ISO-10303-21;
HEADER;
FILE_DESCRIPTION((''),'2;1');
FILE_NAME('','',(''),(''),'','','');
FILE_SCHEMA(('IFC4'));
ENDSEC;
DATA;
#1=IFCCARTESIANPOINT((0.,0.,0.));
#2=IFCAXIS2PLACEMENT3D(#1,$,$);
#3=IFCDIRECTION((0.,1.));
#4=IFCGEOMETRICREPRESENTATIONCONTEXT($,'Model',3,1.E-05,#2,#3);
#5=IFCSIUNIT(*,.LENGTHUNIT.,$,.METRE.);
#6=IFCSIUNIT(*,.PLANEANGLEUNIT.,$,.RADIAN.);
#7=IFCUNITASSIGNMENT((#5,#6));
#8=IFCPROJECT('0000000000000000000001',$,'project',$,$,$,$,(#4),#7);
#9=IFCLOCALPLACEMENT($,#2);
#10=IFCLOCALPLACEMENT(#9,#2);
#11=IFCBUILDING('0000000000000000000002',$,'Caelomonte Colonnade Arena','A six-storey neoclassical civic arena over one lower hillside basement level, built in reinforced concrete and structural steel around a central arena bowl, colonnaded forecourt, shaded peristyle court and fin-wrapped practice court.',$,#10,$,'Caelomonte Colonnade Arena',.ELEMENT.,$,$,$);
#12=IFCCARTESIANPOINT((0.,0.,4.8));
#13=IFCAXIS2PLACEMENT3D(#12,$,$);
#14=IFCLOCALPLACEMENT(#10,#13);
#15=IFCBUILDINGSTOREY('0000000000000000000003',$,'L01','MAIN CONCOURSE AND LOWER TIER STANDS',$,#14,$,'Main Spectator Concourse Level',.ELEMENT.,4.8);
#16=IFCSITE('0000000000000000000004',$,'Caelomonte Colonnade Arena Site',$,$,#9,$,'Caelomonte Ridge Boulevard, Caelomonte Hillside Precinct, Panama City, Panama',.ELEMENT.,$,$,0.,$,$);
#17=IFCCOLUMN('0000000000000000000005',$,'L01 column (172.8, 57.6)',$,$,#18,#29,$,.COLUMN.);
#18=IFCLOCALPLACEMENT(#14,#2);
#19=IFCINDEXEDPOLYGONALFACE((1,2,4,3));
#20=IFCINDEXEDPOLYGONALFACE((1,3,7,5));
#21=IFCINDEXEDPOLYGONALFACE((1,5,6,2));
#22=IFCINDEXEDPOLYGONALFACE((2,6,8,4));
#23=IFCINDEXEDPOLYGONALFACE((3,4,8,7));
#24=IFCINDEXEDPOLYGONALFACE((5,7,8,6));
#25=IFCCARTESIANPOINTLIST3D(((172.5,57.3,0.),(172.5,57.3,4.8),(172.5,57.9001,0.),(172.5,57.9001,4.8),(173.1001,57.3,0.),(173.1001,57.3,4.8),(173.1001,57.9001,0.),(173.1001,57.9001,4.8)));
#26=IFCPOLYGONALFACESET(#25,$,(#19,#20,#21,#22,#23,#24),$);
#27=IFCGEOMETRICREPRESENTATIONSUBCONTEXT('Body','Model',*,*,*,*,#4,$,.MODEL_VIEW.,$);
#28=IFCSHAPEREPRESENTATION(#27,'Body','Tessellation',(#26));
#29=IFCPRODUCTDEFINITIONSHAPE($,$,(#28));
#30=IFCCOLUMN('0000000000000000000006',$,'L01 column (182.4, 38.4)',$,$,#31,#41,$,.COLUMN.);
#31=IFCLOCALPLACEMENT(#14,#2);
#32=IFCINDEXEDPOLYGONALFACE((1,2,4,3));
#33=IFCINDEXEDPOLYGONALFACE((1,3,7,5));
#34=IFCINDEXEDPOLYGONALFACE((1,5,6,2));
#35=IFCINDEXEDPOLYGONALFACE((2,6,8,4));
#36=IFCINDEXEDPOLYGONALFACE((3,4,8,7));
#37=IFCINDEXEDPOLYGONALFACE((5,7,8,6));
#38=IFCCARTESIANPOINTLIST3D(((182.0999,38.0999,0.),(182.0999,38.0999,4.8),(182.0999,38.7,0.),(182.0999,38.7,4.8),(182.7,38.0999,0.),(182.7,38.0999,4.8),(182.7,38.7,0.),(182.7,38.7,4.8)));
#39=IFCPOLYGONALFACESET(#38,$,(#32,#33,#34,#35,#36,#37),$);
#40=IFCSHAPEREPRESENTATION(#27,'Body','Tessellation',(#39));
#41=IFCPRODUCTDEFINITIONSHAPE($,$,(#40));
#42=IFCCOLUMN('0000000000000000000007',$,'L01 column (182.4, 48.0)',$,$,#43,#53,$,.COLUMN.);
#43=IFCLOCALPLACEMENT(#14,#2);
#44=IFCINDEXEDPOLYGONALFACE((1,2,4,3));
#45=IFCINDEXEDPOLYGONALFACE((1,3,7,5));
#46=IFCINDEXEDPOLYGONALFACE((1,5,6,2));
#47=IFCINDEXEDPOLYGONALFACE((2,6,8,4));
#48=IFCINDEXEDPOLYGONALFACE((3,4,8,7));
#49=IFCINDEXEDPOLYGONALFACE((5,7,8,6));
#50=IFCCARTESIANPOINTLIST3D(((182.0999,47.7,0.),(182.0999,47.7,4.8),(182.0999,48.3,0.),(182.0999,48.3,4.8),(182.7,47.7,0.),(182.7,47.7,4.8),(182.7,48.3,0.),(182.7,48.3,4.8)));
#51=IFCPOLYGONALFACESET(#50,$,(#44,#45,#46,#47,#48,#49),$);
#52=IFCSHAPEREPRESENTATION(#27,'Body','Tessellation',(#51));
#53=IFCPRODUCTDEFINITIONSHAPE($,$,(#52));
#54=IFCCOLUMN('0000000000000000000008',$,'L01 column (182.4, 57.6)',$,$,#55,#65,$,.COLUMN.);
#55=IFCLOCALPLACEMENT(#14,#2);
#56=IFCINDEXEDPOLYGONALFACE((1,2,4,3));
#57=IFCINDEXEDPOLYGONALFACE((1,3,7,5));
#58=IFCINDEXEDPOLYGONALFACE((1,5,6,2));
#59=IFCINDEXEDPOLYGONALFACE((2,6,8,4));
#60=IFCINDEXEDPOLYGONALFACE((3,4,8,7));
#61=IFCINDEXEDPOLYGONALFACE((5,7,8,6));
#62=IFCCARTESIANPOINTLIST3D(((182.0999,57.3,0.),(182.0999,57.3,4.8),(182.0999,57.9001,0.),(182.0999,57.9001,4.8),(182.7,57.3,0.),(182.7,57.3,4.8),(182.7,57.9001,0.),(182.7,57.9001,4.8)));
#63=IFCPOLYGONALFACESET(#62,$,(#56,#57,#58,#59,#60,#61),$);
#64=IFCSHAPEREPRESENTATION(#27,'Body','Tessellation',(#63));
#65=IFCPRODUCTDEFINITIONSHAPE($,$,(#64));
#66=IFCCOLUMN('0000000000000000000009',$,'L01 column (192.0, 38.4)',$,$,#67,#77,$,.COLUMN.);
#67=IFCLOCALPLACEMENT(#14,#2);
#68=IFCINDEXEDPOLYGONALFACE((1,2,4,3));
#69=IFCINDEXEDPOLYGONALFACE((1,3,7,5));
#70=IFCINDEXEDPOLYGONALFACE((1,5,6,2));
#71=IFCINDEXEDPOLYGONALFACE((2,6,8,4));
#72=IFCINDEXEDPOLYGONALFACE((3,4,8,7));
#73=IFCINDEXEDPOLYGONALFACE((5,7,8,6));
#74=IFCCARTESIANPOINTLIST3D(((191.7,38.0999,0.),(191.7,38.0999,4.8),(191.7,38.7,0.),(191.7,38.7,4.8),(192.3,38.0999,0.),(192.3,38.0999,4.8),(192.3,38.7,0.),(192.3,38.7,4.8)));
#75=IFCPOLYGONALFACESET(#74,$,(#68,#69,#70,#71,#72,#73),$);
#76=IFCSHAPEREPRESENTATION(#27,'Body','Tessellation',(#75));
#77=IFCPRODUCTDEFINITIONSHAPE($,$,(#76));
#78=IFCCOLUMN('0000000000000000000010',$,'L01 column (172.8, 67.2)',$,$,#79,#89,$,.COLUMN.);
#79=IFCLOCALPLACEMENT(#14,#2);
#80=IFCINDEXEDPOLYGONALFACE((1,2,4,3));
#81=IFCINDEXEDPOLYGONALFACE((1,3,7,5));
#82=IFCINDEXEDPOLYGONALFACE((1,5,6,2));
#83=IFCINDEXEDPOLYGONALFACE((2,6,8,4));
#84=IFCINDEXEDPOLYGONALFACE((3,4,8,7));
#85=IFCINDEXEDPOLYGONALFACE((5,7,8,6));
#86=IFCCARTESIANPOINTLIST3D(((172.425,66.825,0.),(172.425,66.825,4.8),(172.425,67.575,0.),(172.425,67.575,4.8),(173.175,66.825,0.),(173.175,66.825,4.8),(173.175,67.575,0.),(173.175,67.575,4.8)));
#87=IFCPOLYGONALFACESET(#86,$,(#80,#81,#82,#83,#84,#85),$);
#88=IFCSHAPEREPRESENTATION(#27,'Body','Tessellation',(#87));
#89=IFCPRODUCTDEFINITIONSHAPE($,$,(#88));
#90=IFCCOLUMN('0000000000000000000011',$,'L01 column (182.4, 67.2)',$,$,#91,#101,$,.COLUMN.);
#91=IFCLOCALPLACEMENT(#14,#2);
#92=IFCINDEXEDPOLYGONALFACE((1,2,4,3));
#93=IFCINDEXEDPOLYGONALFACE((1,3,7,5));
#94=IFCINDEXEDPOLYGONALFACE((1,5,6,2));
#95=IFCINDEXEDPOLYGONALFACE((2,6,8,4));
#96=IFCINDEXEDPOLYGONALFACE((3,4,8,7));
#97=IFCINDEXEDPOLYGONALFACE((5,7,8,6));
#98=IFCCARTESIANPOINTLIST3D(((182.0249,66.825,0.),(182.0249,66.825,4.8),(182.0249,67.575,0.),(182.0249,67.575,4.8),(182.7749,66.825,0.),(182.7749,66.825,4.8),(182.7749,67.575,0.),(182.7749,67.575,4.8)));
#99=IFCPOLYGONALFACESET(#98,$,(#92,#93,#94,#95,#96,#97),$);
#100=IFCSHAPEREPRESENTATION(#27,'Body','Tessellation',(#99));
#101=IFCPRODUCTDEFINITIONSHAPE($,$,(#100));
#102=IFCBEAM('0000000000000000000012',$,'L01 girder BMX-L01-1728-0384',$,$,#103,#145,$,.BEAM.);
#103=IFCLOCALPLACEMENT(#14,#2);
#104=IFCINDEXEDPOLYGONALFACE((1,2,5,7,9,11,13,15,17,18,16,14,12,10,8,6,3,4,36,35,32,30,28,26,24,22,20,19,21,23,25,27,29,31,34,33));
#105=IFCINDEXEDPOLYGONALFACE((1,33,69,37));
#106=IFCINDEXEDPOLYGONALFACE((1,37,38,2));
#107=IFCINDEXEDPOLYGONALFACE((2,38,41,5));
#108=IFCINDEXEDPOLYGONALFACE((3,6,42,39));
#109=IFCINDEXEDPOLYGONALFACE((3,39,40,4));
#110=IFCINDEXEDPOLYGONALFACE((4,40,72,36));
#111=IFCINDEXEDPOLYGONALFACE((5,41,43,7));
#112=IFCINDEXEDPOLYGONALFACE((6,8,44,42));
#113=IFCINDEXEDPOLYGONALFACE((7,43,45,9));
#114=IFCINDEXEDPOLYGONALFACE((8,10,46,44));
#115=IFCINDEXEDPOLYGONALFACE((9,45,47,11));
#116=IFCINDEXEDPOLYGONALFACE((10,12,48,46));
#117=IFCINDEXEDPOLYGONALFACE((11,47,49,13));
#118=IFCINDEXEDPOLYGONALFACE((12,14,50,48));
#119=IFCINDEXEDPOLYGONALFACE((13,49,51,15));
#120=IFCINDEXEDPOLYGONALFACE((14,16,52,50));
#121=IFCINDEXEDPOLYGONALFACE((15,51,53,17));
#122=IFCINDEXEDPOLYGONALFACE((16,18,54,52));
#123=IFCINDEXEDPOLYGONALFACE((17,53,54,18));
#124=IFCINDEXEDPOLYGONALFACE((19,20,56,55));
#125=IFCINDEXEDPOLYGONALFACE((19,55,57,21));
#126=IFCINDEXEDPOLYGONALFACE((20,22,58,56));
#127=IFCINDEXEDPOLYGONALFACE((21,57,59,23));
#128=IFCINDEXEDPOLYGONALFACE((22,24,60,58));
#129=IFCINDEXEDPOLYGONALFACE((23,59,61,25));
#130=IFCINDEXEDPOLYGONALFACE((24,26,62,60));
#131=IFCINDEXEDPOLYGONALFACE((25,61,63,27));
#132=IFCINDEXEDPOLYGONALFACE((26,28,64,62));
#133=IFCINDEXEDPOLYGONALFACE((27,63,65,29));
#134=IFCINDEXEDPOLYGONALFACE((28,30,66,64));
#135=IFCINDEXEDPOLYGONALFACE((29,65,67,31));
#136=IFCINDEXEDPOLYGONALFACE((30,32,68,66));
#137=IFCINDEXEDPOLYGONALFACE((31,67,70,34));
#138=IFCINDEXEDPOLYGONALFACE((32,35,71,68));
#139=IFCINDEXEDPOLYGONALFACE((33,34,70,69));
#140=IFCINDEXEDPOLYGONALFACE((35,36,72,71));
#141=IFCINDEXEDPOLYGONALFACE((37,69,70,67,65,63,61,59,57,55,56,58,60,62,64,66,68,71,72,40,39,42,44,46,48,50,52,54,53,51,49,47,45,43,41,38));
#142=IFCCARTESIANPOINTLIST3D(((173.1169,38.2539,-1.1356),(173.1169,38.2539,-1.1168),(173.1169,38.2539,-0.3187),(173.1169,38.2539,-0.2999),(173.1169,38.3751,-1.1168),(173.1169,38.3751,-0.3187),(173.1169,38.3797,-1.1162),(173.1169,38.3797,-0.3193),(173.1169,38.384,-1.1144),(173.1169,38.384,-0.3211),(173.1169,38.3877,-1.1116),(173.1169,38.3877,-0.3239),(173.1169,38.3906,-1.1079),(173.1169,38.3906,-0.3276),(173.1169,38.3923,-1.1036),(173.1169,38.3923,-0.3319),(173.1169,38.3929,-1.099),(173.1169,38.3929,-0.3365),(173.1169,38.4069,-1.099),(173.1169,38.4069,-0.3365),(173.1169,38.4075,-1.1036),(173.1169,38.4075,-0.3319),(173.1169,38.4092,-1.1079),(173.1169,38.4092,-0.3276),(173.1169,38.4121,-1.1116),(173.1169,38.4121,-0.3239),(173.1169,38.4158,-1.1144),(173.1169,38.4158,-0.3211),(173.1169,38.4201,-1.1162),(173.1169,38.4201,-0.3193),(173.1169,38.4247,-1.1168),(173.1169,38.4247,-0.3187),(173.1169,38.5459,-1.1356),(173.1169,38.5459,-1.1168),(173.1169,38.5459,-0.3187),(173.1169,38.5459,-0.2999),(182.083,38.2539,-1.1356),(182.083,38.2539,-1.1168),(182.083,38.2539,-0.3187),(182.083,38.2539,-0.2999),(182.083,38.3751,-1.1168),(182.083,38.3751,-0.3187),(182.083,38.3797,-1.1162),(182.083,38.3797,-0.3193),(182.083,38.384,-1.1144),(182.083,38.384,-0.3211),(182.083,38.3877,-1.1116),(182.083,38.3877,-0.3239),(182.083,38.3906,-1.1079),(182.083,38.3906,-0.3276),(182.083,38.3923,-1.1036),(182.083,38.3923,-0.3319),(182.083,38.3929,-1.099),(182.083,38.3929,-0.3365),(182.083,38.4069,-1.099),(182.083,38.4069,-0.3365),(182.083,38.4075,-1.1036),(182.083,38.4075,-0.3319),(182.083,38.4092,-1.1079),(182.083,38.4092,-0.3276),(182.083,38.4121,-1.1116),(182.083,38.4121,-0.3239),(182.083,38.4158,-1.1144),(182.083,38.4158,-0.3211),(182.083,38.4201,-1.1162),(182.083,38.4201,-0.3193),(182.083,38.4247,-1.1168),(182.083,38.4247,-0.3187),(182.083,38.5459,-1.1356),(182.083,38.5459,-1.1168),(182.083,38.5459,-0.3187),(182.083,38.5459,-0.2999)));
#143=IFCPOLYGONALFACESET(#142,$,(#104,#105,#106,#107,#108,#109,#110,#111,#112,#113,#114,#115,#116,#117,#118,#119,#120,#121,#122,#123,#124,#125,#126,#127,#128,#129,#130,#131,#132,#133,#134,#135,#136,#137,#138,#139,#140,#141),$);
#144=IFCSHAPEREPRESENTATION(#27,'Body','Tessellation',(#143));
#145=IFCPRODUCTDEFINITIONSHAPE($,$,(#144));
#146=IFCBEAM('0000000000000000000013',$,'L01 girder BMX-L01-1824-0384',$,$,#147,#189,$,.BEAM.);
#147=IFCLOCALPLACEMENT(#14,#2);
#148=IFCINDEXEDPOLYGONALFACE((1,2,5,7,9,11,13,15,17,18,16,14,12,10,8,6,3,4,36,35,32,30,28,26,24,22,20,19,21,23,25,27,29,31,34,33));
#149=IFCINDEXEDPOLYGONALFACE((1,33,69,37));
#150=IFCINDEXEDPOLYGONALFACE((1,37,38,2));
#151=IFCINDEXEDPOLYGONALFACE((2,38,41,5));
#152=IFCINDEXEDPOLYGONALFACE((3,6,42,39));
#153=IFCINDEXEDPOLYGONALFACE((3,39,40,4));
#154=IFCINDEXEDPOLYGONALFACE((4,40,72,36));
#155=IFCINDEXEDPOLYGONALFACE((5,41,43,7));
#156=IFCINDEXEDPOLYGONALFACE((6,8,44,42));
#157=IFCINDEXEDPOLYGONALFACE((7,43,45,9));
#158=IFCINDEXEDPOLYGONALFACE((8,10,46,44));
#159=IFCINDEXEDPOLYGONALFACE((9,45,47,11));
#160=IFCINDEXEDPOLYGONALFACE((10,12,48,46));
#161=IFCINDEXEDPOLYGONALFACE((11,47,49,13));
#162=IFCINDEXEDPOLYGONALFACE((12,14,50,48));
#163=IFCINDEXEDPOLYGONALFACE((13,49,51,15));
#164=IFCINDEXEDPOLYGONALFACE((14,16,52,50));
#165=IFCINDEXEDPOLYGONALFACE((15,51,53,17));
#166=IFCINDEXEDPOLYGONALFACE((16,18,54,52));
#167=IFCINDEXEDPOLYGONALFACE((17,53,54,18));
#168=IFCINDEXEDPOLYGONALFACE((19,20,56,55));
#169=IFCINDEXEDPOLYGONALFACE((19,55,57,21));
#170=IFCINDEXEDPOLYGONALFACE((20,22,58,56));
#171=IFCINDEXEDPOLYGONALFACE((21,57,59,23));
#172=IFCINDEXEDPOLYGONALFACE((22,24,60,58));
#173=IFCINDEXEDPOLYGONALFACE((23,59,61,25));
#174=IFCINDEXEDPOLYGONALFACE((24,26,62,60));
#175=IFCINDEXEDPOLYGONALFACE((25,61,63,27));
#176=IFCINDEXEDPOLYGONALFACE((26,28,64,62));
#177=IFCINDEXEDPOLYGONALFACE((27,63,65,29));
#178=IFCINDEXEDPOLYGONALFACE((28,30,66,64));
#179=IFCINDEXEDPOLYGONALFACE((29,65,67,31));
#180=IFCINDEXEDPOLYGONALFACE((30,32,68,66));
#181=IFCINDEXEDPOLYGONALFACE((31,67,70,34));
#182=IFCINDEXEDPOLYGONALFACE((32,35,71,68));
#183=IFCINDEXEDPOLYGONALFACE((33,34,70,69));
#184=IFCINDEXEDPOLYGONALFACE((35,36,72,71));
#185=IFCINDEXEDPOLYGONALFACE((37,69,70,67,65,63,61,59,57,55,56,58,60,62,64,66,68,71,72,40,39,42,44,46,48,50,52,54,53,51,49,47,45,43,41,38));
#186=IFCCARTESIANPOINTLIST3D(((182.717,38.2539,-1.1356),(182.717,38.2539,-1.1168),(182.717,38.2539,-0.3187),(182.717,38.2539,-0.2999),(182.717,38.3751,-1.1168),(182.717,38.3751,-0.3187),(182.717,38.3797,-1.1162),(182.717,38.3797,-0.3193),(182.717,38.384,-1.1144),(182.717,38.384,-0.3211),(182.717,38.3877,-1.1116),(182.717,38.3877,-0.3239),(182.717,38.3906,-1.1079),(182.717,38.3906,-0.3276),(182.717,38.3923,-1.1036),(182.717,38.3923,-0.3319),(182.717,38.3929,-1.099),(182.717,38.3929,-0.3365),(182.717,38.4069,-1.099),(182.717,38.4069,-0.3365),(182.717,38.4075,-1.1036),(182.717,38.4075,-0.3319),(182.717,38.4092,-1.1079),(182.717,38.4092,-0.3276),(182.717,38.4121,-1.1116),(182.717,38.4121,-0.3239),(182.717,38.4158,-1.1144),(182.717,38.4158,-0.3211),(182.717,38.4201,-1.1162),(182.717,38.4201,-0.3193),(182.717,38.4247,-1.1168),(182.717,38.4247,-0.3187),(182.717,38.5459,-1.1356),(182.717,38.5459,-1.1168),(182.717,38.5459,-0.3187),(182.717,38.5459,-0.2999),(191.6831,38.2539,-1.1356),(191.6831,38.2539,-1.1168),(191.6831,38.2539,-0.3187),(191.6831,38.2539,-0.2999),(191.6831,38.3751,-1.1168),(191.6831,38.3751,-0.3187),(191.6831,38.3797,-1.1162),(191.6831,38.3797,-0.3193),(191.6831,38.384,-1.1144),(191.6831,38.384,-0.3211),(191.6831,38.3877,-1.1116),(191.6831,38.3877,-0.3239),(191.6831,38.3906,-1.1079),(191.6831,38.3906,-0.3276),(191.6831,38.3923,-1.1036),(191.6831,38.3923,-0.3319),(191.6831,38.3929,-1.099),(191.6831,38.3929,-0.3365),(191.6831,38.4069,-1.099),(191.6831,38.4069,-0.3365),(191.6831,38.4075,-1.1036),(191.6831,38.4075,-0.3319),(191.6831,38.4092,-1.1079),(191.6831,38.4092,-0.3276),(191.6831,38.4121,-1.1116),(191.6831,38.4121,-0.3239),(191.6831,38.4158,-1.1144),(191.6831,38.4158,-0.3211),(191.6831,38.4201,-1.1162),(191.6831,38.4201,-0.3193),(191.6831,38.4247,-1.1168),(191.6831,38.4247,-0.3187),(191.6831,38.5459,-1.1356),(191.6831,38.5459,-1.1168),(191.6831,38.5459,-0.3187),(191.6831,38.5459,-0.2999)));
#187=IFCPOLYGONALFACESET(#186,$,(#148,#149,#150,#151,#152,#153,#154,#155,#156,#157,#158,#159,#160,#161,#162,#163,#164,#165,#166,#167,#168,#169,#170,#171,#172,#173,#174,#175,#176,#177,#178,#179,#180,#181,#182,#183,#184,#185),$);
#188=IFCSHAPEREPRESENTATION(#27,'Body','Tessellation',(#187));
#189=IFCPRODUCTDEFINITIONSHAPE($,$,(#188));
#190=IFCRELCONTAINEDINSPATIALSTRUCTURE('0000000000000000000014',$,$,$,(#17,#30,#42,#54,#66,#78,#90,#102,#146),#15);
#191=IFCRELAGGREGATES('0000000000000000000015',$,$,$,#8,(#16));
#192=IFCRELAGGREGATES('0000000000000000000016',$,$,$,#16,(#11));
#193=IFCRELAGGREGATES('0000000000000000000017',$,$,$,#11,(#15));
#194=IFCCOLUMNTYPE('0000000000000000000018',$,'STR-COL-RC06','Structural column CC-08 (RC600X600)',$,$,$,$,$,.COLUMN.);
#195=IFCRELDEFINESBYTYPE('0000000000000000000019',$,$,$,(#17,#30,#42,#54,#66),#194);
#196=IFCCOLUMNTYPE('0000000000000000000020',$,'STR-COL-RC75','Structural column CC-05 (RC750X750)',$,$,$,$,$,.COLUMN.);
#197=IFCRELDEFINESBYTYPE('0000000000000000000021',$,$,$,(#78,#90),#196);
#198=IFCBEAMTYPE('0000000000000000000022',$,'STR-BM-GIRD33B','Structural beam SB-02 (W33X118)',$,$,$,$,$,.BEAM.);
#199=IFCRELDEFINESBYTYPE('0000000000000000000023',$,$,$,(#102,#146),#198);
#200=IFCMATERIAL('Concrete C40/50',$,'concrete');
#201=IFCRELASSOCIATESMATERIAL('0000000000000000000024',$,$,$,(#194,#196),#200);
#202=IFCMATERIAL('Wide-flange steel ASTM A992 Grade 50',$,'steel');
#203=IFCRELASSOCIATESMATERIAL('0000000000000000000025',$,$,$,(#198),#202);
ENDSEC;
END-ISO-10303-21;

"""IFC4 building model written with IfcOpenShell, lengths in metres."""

from ifc_helpers import new_model, si_unit, direction, frame, origin, origin_2d, place, context, subcontext, project, spatial, rectangle, i_section, extrude, material, material_profile, profile_set, type_object, element, save


model = new_model("IFC4")

# Units and contexts
model_context = context("Model", 3, precision=1e-05, world=origin(), true_north=direction((0.0, 1.0)))
body_context = subcontext(model_context, "Body", "Model", "MODEL_VIEW")
ifc_project = project(units=[si_unit("LENGTHUNIT", "METRE"), si_unit("PLANEANGLEUNIT", "RADIAN")], contexts=[model_context])

# Site, building, storey
site_placement = place(None, origin())
site = spatial("IfcSite", under=ifc_project, at=site_placement, Name="Caelomonte Colonnade Arena Site", LongName="Caelomonte Ridge Boulevard, Caelomonte Hillside Precinct, Panama City, Panama", CompositionType="ELEMENT", RefElevation=0.0)
building_placement = place(site_placement, origin())
building = spatial("IfcBuilding", under=site, at=building_placement, Name="Caelomonte Colonnade Arena", Description="A six-storey neoclassical civic arena over one lower hillside basement level, built in reinforced concrete and structural steel around a central arena bowl, colonnaded forecourt, shaded peristyle court and fin-wrapped practice court.", LongName="Caelomonte Colonnade Arena", CompositionType="ELEMENT")
storey_placement = place(building_placement, frame((0.0, 0.0, 4.8)))
storey = spatial("IfcBuildingStorey", under=building, at=storey_placement, Name="L01", Description="MAIN CONCOURSE AND LOWER TIER STANDS", LongName="Main Spectator Concourse Level", CompositionType="ELEMENT", Elevation=4.8)

# Columns
ifc_material_1 = material(Name="Concrete C40/50", Category="concrete")
ifc_material_profile_1 = material_profile(ifc_material_1, rectangle(XDim=0.6001, YDim=0.6001, at=origin_2d()), Name="RC600X600")
ifc_profile_set_1 = profile_set([ifc_material_profile_1], Name="Concrete C40/50")
column_type_1 = type_object("IfcColumnType", Name="STR-COL-RC06", Description="Structural column CC-08 (RC600X600)", PredefinedType="COLUMN", material=ifc_profile_set_1)
for number, where, z_axis, x_axis, name in (
    (1, (172.8, 57.6001, 0.0), (0.0, 0.0, 1.0), (1.0, 0.0, 0.0), "L01 column (172.8, 57.6)"),
    (2, (182.3999, 38.3999, 0.0), (0.0, 0.0, 1.0), (1.0, 0.0, 0.0), "L01 column (182.4, 38.4)"),
    (3, (182.3999, 48.0, 0.0), (0.0, 0.0, 1.0), (1.0, 0.0, 0.0), "L01 column (182.4, 48.0)"),
    (4, (182.3999, 57.6001, 0.0), (0.0, 0.0, 1.0), (1.0, 0.0, 0.0), "L01 column (182.4, 57.6)"),
    (5, (192.0, 38.3999, 0.0), (0.0, 0.0, 1.0), (1.0, 0.0, 0.0), "L01 column (192.0, 38.4)"),
):
    element("IfcColumn", number, at=place(storey_placement, frame(where, z_axis=z_axis, x_axis=x_axis)), inside=storey, type_object=column_type_1, Name=name, PredefinedType="COLUMN", context=body_context, shape_type="SweptSolid", body=[
        extrude(rectangle(XDim=0.6001, YDim=0.6001, at=origin_2d()), origin(), (0.0, 0.0, 1.0), 4.8),
    ])
ifc_material_profile_2 = material_profile(ifc_material_1, rectangle(XDim=0.75, YDim=0.75, at=origin_2d()), Name="RC750X750")
ifc_profile_set_2 = profile_set([ifc_material_profile_2], Name="Concrete C40/50")
column_type_2 = type_object("IfcColumnType", Name="STR-COL-RC75", Description="Structural column CC-05 (RC750X750)", PredefinedType="COLUMN", material=ifc_profile_set_2)
for number, where, z_axis, x_axis, name in (
    (6, (172.8, 67.2, 0.0), (0.0, 0.0, 1.0), (1.0, 0.0, 0.0), "L01 column (172.8, 67.2)"),
    (7, (182.3999, 67.2, 0.0), (0.0, 0.0, 1.0), (1.0, 0.0, 0.0), "L01 column (182.4, 67.2)"),
):
    element("IfcColumn", number, at=place(storey_placement, frame(where, z_axis=z_axis, x_axis=x_axis)), inside=storey, type_object=column_type_2, Name=name, PredefinedType="COLUMN", context=body_context, shape_type="SweptSolid", body=[
        extrude(rectangle(XDim=0.75, YDim=0.75, at=origin_2d()), origin(), (0.0, 0.0, 1.0), 4.8),
    ])

# Beams
ifc_material_2 = material(Name="Wide-flange steel ASTM A992 Grade 50", Category="steel")
ifc_material_profile_3 = material_profile(ifc_material_2, i_section(OverallWidth=0.292, OverallDepth=0.8357, WebThickness=0.0139, FlangeThickness=0.0188, FilletRadius=0.0178, at=origin_2d()), Name="W33X118")
ifc_profile_set_3 = profile_set([ifc_material_profile_3], Name="Wide-flange steel ASTM A992 Grade 50")
beam_type_1 = type_object("IfcBeamType", Name="STR-BM-GIRD33B", Description="Structural beam SB-02 (W33X118)", PredefinedType="BEAM", material=ifc_profile_set_3)
for number, where, z_axis, x_axis, name in (
    (8, (173.1169, 38.3999, -0.7178), (1.0, 0.0, 0.0), (0.0, 1.0, 0.0), "L01 girder BMX-L01-1728-0384"),
    (9, (182.717, 38.3999, -0.7178), (1.0, 0.0, 0.0), (0.0, 1.0, 0.0), "L01 girder BMX-L01-1824-0384"),
):
    element("IfcBeam", number, at=place(storey_placement, frame(where, z_axis=z_axis, x_axis=x_axis)), inside=storey, type_object=beam_type_1, Name=name, PredefinedType="BEAM", context=body_context, shape_type="SweptSolid", body=[
        extrude(i_section(OverallWidth=0.292, OverallDepth=0.8357, WebThickness=0.0139, FlangeThickness=0.0188, FilletRadius=0.0178, at=origin_2d()), origin(), (0.0, 0.0, 1.0), 8.9661),
    ])

save(model, "model.ifc")
